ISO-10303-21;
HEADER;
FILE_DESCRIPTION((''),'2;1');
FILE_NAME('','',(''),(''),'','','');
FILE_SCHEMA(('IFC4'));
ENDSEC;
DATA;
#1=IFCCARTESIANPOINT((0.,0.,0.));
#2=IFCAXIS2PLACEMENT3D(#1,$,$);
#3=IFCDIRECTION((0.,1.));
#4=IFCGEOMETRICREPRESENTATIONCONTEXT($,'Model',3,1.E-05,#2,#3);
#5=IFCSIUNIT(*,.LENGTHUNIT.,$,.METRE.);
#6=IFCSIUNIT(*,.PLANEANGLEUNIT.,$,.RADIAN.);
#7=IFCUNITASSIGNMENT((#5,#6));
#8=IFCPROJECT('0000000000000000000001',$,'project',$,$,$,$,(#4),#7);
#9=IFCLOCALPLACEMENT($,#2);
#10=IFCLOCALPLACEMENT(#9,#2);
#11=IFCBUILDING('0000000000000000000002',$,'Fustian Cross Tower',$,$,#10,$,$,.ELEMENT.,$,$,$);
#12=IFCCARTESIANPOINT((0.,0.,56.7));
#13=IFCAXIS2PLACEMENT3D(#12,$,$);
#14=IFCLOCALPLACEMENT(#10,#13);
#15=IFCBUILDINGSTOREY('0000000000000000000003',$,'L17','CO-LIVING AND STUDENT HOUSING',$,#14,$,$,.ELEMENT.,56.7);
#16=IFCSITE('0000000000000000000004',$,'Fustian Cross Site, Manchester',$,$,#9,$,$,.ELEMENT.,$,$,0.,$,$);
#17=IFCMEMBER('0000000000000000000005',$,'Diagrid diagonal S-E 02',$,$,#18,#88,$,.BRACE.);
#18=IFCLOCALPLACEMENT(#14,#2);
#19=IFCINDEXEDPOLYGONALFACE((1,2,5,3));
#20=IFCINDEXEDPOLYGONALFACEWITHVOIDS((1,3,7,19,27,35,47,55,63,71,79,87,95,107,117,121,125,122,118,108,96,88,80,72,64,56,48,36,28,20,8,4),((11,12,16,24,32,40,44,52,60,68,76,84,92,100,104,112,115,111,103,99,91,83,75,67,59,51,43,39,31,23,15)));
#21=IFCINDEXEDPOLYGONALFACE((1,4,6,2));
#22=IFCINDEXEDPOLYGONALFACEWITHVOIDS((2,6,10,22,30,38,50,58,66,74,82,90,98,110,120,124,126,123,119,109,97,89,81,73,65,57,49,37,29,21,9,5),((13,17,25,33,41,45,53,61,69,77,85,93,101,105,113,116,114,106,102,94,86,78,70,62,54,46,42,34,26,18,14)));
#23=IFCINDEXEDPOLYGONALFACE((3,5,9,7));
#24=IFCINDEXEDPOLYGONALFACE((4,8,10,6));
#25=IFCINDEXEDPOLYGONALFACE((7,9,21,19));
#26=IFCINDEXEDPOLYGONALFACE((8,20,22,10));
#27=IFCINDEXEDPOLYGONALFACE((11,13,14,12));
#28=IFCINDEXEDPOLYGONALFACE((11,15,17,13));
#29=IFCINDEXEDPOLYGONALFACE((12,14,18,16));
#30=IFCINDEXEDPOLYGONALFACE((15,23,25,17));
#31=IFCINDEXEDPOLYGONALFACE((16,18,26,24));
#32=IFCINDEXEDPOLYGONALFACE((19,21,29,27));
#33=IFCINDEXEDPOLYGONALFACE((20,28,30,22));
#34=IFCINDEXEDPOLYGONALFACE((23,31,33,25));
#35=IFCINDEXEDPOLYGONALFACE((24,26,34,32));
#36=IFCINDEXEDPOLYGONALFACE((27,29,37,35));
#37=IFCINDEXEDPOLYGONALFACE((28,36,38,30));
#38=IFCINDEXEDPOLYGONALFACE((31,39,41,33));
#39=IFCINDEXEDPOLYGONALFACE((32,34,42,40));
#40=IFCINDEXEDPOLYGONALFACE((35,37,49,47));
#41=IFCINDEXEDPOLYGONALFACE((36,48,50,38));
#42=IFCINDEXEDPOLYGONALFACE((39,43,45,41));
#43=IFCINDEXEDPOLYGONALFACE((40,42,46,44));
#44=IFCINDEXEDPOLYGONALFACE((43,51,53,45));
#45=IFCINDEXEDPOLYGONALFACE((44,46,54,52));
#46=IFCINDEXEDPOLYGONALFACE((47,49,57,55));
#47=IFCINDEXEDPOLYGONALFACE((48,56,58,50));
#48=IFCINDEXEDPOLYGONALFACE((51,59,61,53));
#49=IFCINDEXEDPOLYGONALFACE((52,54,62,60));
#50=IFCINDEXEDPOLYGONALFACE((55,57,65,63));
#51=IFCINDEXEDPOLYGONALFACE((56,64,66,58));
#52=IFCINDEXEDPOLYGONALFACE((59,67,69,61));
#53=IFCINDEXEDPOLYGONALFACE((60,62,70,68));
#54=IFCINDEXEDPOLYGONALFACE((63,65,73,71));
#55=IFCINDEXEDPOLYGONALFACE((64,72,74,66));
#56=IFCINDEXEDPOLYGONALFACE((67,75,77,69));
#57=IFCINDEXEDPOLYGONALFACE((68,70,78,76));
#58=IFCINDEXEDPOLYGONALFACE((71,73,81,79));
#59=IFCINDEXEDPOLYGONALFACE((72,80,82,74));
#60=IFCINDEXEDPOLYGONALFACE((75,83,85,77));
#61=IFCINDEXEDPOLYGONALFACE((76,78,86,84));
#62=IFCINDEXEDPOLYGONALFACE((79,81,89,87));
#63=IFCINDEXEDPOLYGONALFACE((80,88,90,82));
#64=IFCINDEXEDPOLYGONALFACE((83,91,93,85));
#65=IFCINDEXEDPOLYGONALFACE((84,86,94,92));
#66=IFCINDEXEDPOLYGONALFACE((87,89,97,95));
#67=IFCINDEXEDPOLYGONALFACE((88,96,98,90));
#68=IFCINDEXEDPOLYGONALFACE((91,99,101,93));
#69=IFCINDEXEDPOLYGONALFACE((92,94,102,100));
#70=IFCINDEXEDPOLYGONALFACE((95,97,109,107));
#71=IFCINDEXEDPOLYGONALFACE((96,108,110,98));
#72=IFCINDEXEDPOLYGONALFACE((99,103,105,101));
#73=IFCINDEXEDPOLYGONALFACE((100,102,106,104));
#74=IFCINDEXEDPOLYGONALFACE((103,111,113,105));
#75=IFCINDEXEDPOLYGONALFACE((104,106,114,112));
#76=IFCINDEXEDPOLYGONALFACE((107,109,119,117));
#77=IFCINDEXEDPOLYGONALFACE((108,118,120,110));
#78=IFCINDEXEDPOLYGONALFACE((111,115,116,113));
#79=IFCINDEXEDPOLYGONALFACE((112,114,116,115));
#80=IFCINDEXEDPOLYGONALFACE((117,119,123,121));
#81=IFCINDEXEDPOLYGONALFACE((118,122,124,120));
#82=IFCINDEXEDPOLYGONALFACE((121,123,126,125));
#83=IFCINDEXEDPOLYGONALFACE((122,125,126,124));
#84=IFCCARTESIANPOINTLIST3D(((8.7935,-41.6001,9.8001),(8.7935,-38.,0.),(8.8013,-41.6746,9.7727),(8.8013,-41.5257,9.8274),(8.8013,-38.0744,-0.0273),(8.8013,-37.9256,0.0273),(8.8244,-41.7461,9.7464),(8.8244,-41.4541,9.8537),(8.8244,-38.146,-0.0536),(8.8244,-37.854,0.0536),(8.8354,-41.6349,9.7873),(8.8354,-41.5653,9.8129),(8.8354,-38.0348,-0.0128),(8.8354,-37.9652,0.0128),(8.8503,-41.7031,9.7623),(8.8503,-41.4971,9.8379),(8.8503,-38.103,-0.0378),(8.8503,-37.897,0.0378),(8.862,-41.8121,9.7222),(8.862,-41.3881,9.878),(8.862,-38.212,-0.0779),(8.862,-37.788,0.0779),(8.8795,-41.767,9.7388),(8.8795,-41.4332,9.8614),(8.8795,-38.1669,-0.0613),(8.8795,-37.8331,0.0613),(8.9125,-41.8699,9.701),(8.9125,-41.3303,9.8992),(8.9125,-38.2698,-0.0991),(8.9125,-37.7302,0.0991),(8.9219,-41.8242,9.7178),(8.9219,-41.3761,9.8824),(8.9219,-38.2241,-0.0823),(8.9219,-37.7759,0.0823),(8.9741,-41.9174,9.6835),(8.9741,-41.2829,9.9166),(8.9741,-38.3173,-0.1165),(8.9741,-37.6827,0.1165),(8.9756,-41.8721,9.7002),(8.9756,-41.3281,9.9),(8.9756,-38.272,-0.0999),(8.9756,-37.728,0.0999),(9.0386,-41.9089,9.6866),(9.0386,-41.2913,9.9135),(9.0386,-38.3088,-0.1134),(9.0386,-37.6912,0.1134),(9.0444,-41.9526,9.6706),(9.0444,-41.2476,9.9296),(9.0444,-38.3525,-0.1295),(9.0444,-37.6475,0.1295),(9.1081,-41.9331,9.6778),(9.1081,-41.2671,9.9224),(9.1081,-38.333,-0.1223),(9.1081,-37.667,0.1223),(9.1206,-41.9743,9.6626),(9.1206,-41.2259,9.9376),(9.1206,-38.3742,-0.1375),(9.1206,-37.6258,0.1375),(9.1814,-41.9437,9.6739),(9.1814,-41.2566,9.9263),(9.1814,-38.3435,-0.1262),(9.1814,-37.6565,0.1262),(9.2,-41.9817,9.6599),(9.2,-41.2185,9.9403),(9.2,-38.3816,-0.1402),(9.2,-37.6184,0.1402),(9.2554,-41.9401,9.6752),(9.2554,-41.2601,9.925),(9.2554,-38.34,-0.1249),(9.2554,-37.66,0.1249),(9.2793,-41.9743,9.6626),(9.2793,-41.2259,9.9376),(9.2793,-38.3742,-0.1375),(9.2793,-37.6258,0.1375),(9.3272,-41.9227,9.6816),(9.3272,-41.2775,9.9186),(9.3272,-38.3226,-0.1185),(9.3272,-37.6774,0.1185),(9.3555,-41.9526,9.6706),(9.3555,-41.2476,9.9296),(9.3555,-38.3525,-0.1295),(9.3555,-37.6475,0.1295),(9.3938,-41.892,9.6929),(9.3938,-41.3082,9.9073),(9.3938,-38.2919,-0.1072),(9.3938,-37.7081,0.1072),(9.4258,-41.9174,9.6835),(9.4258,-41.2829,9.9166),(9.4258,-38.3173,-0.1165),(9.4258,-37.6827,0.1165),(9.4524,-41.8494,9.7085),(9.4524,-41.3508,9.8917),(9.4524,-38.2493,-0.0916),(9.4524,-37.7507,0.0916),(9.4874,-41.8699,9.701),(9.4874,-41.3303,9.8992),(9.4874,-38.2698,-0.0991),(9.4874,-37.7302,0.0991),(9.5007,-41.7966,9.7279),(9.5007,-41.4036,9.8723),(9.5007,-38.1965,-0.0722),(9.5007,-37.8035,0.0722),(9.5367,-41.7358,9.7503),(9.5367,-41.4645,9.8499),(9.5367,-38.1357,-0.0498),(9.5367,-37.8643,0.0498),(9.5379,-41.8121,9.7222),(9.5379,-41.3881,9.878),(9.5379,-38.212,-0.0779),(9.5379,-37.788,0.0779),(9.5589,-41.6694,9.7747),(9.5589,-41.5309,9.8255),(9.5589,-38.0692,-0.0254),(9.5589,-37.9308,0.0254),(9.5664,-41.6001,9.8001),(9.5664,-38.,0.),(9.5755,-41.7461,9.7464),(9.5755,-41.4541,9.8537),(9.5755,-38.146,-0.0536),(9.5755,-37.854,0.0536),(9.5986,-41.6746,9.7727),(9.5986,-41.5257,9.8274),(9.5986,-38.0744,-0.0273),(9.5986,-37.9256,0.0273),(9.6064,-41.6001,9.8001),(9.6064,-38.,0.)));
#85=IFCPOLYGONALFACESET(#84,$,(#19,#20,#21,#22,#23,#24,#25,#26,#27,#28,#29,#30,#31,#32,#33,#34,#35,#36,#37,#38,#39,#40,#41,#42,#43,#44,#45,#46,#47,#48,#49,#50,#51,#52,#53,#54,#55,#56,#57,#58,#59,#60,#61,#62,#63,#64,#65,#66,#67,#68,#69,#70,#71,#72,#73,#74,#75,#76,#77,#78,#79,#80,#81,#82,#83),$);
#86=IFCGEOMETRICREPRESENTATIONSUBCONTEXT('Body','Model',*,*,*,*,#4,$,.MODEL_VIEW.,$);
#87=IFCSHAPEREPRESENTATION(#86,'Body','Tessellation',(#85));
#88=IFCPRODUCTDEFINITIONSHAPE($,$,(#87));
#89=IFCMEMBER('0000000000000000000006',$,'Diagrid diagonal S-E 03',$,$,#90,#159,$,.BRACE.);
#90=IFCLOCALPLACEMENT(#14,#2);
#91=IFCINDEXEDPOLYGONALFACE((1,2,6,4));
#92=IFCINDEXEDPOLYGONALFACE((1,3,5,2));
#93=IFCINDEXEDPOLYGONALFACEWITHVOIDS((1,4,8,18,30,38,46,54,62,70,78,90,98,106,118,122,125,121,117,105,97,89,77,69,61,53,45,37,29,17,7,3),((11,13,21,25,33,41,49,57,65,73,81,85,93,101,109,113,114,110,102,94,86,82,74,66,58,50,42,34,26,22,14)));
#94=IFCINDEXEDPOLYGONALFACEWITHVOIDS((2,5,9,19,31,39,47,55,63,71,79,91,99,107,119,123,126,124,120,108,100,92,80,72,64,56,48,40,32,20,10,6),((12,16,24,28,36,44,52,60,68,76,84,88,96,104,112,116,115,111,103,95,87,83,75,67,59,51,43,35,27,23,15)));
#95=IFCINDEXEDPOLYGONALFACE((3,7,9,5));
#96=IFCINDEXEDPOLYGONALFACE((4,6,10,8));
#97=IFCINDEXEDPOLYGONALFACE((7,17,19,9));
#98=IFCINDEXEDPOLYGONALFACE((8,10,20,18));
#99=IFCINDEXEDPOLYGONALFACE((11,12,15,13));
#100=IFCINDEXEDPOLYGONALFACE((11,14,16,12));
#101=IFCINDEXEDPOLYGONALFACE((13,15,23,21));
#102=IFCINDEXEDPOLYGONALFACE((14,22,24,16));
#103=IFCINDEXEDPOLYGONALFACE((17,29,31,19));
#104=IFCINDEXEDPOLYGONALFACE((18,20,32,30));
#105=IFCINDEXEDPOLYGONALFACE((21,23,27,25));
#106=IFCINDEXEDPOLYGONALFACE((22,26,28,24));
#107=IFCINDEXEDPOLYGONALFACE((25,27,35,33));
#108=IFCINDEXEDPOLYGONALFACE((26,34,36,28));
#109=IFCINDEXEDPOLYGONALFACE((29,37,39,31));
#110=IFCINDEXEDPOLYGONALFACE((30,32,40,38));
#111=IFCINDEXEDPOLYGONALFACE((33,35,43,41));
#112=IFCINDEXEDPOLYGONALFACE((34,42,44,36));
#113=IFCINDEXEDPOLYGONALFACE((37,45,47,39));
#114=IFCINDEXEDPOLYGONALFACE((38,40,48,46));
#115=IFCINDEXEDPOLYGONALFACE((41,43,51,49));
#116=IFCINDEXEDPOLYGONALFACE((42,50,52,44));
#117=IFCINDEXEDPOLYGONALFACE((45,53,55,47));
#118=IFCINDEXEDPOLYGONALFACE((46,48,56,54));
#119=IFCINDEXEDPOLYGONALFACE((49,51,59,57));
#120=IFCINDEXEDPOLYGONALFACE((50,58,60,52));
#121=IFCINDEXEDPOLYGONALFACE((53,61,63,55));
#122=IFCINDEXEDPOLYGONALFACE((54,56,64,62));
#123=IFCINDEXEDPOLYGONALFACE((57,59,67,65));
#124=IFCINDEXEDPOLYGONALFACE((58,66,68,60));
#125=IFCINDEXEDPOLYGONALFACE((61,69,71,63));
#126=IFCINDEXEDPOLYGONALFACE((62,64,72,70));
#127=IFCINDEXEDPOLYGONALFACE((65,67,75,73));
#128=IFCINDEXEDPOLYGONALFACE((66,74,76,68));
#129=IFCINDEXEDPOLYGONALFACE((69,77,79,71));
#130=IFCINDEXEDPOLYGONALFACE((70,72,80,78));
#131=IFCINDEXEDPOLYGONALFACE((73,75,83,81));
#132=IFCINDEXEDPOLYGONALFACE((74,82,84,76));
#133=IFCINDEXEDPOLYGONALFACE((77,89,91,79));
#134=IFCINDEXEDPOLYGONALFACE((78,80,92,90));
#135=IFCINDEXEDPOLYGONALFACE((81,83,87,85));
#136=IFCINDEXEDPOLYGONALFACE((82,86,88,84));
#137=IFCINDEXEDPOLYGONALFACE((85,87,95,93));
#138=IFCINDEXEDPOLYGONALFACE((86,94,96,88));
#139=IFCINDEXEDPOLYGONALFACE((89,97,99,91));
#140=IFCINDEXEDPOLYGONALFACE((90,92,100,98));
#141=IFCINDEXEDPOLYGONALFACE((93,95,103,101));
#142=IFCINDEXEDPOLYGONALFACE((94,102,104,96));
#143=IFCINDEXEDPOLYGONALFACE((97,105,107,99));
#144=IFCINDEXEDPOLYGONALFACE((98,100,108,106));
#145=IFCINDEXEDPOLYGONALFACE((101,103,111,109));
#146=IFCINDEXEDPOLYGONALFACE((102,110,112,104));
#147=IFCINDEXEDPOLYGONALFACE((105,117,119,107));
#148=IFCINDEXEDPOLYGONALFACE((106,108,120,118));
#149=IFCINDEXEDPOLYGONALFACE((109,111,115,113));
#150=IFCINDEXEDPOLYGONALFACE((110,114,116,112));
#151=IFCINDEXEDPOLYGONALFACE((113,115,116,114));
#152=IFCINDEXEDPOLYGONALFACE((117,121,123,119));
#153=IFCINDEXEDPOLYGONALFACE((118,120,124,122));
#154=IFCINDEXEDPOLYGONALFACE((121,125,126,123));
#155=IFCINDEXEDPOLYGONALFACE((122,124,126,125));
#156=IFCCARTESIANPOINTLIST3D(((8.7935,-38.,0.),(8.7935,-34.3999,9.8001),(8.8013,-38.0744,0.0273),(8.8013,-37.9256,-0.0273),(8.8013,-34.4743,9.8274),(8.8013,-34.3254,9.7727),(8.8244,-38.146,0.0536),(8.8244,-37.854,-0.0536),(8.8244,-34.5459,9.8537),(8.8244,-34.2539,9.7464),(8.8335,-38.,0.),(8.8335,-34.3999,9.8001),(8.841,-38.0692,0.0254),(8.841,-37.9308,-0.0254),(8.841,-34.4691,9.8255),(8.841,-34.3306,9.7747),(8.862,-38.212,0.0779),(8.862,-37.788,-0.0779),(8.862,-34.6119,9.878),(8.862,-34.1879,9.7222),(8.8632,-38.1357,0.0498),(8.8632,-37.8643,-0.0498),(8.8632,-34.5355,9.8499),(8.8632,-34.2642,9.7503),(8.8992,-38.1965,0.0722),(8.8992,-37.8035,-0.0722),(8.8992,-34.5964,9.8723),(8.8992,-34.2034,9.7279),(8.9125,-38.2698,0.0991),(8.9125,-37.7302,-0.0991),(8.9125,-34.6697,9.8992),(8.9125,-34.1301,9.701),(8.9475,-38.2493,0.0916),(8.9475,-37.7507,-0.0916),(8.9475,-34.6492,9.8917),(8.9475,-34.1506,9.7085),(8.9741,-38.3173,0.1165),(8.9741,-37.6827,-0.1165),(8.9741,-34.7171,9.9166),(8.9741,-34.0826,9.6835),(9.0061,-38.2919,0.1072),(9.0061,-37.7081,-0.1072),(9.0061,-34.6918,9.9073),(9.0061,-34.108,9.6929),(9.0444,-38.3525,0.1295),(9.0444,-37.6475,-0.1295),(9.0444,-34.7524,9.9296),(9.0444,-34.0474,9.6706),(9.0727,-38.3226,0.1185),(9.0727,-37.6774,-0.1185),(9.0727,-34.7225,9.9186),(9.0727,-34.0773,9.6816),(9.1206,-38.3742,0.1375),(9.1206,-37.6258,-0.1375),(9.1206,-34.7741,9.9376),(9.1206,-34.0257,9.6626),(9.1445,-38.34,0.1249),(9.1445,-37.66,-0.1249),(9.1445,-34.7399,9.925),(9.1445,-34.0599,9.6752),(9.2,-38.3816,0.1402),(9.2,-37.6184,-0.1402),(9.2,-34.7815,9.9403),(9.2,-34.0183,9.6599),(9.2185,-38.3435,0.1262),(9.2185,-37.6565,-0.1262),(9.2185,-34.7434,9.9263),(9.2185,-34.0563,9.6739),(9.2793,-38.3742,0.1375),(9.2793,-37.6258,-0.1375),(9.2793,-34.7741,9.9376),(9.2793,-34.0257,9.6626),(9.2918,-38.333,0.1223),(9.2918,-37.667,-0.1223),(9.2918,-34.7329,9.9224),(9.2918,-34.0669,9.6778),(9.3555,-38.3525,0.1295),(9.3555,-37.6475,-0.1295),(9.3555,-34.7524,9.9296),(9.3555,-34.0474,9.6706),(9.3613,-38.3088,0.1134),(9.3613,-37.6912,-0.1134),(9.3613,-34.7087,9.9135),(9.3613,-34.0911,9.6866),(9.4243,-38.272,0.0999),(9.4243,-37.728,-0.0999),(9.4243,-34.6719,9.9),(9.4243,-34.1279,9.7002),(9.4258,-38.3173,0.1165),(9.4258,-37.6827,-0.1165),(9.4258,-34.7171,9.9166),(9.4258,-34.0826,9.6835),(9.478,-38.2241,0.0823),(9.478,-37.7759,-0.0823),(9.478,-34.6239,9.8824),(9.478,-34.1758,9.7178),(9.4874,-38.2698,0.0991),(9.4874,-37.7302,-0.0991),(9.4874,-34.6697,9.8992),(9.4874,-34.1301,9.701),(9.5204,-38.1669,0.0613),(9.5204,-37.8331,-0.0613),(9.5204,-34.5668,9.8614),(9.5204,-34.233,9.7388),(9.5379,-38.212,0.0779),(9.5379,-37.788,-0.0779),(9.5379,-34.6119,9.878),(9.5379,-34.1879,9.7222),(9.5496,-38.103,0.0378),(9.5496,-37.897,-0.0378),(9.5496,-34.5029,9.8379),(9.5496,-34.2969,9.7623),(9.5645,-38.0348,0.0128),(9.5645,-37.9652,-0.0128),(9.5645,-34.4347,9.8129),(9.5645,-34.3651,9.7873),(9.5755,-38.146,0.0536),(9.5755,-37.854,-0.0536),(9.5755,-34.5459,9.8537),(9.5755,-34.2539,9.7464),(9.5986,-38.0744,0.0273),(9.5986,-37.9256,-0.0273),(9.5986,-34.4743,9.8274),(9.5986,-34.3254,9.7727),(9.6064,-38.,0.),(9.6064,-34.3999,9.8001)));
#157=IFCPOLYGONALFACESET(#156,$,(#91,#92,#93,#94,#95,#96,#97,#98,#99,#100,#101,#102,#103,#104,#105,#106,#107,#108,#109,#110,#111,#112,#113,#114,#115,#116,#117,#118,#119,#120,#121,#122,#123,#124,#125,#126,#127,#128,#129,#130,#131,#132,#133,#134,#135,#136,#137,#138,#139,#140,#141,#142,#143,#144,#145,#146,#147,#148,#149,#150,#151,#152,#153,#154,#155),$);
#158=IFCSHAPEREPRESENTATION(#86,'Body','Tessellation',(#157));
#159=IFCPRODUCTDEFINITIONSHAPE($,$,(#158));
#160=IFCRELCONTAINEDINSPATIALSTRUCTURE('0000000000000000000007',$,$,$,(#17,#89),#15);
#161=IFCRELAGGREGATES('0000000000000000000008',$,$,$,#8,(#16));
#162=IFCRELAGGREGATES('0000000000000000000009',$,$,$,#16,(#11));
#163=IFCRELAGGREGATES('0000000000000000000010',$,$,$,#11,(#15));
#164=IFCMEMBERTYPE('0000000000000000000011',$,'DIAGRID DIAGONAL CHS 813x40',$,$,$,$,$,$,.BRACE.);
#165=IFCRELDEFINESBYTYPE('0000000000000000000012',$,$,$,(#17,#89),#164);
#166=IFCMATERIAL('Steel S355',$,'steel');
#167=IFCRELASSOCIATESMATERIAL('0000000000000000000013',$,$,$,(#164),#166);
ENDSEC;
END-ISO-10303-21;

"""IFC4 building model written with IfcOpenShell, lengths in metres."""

from ifc_helpers import new_model, si_unit, direction, frame, origin, origin_2d, place, context, subcontext, project, spatial, hollow_circle, extrude, material, material_profile, profile_set, type_object, element, save


model = new_model("IFC4")

# Units and contexts
model_context = context("Model", 3, precision=1e-05, world=origin(), true_north=direction((0.0, 1.0)))
body_context = subcontext(model_context, "Body", "Model", "MODEL_VIEW")
ifc_project = project(units=[si_unit("LENGTHUNIT", "METRE"), si_unit("PLANEANGLEUNIT", "RADIAN")], contexts=[model_context])

# Site, building, storey
site_placement = place(None, origin())
site = spatial("IfcSite", under=ifc_project, at=site_placement, Name="Fustian Cross Site, Manchester", CompositionType="ELEMENT", RefElevation=0.0)
building_placement = place(site_placement, origin())
building = spatial("IfcBuilding", under=site, at=building_placement, Name="Fustian Cross Tower", CompositionType="ELEMENT")
storey_placement = place(building_placement, frame((0.0, 0.0, 56.7)))
storey = spatial("IfcBuildingStorey", under=building, at=storey_placement, Name="L17", Description="CO-LIVING AND STUDENT HOUSING", CompositionType="ELEMENT", Elevation=56.7)

# Members
ifc_material_1 = material(Name="Steel S355", Category="steel")
ifc_material_profile_1 = material_profile(ifc_material_1, hollow_circle(Radius=0.4065, WallThickness=0.04, at=origin_2d()), Name="CHS 813x40")
ifc_profile_set_1 = profile_set([ifc_material_profile_1], Name="Steel S355")
member_type_1 = type_object("IfcMemberType", Name="DIAGRID DIAGONAL CHS 813x40", PredefinedType="BRACE", material=ifc_profile_set_1)
for number, where, z_axis, x_axis, name in (
    (1, (9.2, -38.0, 0.0), (0.0, -0.344824, 0.938667), (1.0, 0.0, 0.0), "Diagrid diagonal S-E 02"),
    (2, (9.2, -38.0, 0.0), (0.0, 0.344824, 0.938667), (-1.0, 0.0, 0.0), "Diagrid diagonal S-E 03"),
):
    element("IfcMember", number, at=place(storey_placement, frame(where, z_axis=z_axis, x_axis=x_axis)), inside=storey, type_object=member_type_1, Name=name, PredefinedType="BRACE", context=body_context, shape_type="SweptSolid", body=[
        extrude(hollow_circle(Radius=0.4065, WallThickness=0.04, at=origin_2d()), origin(), (0.0, 0.0, 1.0), 10.4404),
    ])

save(model, "model.ifc")
